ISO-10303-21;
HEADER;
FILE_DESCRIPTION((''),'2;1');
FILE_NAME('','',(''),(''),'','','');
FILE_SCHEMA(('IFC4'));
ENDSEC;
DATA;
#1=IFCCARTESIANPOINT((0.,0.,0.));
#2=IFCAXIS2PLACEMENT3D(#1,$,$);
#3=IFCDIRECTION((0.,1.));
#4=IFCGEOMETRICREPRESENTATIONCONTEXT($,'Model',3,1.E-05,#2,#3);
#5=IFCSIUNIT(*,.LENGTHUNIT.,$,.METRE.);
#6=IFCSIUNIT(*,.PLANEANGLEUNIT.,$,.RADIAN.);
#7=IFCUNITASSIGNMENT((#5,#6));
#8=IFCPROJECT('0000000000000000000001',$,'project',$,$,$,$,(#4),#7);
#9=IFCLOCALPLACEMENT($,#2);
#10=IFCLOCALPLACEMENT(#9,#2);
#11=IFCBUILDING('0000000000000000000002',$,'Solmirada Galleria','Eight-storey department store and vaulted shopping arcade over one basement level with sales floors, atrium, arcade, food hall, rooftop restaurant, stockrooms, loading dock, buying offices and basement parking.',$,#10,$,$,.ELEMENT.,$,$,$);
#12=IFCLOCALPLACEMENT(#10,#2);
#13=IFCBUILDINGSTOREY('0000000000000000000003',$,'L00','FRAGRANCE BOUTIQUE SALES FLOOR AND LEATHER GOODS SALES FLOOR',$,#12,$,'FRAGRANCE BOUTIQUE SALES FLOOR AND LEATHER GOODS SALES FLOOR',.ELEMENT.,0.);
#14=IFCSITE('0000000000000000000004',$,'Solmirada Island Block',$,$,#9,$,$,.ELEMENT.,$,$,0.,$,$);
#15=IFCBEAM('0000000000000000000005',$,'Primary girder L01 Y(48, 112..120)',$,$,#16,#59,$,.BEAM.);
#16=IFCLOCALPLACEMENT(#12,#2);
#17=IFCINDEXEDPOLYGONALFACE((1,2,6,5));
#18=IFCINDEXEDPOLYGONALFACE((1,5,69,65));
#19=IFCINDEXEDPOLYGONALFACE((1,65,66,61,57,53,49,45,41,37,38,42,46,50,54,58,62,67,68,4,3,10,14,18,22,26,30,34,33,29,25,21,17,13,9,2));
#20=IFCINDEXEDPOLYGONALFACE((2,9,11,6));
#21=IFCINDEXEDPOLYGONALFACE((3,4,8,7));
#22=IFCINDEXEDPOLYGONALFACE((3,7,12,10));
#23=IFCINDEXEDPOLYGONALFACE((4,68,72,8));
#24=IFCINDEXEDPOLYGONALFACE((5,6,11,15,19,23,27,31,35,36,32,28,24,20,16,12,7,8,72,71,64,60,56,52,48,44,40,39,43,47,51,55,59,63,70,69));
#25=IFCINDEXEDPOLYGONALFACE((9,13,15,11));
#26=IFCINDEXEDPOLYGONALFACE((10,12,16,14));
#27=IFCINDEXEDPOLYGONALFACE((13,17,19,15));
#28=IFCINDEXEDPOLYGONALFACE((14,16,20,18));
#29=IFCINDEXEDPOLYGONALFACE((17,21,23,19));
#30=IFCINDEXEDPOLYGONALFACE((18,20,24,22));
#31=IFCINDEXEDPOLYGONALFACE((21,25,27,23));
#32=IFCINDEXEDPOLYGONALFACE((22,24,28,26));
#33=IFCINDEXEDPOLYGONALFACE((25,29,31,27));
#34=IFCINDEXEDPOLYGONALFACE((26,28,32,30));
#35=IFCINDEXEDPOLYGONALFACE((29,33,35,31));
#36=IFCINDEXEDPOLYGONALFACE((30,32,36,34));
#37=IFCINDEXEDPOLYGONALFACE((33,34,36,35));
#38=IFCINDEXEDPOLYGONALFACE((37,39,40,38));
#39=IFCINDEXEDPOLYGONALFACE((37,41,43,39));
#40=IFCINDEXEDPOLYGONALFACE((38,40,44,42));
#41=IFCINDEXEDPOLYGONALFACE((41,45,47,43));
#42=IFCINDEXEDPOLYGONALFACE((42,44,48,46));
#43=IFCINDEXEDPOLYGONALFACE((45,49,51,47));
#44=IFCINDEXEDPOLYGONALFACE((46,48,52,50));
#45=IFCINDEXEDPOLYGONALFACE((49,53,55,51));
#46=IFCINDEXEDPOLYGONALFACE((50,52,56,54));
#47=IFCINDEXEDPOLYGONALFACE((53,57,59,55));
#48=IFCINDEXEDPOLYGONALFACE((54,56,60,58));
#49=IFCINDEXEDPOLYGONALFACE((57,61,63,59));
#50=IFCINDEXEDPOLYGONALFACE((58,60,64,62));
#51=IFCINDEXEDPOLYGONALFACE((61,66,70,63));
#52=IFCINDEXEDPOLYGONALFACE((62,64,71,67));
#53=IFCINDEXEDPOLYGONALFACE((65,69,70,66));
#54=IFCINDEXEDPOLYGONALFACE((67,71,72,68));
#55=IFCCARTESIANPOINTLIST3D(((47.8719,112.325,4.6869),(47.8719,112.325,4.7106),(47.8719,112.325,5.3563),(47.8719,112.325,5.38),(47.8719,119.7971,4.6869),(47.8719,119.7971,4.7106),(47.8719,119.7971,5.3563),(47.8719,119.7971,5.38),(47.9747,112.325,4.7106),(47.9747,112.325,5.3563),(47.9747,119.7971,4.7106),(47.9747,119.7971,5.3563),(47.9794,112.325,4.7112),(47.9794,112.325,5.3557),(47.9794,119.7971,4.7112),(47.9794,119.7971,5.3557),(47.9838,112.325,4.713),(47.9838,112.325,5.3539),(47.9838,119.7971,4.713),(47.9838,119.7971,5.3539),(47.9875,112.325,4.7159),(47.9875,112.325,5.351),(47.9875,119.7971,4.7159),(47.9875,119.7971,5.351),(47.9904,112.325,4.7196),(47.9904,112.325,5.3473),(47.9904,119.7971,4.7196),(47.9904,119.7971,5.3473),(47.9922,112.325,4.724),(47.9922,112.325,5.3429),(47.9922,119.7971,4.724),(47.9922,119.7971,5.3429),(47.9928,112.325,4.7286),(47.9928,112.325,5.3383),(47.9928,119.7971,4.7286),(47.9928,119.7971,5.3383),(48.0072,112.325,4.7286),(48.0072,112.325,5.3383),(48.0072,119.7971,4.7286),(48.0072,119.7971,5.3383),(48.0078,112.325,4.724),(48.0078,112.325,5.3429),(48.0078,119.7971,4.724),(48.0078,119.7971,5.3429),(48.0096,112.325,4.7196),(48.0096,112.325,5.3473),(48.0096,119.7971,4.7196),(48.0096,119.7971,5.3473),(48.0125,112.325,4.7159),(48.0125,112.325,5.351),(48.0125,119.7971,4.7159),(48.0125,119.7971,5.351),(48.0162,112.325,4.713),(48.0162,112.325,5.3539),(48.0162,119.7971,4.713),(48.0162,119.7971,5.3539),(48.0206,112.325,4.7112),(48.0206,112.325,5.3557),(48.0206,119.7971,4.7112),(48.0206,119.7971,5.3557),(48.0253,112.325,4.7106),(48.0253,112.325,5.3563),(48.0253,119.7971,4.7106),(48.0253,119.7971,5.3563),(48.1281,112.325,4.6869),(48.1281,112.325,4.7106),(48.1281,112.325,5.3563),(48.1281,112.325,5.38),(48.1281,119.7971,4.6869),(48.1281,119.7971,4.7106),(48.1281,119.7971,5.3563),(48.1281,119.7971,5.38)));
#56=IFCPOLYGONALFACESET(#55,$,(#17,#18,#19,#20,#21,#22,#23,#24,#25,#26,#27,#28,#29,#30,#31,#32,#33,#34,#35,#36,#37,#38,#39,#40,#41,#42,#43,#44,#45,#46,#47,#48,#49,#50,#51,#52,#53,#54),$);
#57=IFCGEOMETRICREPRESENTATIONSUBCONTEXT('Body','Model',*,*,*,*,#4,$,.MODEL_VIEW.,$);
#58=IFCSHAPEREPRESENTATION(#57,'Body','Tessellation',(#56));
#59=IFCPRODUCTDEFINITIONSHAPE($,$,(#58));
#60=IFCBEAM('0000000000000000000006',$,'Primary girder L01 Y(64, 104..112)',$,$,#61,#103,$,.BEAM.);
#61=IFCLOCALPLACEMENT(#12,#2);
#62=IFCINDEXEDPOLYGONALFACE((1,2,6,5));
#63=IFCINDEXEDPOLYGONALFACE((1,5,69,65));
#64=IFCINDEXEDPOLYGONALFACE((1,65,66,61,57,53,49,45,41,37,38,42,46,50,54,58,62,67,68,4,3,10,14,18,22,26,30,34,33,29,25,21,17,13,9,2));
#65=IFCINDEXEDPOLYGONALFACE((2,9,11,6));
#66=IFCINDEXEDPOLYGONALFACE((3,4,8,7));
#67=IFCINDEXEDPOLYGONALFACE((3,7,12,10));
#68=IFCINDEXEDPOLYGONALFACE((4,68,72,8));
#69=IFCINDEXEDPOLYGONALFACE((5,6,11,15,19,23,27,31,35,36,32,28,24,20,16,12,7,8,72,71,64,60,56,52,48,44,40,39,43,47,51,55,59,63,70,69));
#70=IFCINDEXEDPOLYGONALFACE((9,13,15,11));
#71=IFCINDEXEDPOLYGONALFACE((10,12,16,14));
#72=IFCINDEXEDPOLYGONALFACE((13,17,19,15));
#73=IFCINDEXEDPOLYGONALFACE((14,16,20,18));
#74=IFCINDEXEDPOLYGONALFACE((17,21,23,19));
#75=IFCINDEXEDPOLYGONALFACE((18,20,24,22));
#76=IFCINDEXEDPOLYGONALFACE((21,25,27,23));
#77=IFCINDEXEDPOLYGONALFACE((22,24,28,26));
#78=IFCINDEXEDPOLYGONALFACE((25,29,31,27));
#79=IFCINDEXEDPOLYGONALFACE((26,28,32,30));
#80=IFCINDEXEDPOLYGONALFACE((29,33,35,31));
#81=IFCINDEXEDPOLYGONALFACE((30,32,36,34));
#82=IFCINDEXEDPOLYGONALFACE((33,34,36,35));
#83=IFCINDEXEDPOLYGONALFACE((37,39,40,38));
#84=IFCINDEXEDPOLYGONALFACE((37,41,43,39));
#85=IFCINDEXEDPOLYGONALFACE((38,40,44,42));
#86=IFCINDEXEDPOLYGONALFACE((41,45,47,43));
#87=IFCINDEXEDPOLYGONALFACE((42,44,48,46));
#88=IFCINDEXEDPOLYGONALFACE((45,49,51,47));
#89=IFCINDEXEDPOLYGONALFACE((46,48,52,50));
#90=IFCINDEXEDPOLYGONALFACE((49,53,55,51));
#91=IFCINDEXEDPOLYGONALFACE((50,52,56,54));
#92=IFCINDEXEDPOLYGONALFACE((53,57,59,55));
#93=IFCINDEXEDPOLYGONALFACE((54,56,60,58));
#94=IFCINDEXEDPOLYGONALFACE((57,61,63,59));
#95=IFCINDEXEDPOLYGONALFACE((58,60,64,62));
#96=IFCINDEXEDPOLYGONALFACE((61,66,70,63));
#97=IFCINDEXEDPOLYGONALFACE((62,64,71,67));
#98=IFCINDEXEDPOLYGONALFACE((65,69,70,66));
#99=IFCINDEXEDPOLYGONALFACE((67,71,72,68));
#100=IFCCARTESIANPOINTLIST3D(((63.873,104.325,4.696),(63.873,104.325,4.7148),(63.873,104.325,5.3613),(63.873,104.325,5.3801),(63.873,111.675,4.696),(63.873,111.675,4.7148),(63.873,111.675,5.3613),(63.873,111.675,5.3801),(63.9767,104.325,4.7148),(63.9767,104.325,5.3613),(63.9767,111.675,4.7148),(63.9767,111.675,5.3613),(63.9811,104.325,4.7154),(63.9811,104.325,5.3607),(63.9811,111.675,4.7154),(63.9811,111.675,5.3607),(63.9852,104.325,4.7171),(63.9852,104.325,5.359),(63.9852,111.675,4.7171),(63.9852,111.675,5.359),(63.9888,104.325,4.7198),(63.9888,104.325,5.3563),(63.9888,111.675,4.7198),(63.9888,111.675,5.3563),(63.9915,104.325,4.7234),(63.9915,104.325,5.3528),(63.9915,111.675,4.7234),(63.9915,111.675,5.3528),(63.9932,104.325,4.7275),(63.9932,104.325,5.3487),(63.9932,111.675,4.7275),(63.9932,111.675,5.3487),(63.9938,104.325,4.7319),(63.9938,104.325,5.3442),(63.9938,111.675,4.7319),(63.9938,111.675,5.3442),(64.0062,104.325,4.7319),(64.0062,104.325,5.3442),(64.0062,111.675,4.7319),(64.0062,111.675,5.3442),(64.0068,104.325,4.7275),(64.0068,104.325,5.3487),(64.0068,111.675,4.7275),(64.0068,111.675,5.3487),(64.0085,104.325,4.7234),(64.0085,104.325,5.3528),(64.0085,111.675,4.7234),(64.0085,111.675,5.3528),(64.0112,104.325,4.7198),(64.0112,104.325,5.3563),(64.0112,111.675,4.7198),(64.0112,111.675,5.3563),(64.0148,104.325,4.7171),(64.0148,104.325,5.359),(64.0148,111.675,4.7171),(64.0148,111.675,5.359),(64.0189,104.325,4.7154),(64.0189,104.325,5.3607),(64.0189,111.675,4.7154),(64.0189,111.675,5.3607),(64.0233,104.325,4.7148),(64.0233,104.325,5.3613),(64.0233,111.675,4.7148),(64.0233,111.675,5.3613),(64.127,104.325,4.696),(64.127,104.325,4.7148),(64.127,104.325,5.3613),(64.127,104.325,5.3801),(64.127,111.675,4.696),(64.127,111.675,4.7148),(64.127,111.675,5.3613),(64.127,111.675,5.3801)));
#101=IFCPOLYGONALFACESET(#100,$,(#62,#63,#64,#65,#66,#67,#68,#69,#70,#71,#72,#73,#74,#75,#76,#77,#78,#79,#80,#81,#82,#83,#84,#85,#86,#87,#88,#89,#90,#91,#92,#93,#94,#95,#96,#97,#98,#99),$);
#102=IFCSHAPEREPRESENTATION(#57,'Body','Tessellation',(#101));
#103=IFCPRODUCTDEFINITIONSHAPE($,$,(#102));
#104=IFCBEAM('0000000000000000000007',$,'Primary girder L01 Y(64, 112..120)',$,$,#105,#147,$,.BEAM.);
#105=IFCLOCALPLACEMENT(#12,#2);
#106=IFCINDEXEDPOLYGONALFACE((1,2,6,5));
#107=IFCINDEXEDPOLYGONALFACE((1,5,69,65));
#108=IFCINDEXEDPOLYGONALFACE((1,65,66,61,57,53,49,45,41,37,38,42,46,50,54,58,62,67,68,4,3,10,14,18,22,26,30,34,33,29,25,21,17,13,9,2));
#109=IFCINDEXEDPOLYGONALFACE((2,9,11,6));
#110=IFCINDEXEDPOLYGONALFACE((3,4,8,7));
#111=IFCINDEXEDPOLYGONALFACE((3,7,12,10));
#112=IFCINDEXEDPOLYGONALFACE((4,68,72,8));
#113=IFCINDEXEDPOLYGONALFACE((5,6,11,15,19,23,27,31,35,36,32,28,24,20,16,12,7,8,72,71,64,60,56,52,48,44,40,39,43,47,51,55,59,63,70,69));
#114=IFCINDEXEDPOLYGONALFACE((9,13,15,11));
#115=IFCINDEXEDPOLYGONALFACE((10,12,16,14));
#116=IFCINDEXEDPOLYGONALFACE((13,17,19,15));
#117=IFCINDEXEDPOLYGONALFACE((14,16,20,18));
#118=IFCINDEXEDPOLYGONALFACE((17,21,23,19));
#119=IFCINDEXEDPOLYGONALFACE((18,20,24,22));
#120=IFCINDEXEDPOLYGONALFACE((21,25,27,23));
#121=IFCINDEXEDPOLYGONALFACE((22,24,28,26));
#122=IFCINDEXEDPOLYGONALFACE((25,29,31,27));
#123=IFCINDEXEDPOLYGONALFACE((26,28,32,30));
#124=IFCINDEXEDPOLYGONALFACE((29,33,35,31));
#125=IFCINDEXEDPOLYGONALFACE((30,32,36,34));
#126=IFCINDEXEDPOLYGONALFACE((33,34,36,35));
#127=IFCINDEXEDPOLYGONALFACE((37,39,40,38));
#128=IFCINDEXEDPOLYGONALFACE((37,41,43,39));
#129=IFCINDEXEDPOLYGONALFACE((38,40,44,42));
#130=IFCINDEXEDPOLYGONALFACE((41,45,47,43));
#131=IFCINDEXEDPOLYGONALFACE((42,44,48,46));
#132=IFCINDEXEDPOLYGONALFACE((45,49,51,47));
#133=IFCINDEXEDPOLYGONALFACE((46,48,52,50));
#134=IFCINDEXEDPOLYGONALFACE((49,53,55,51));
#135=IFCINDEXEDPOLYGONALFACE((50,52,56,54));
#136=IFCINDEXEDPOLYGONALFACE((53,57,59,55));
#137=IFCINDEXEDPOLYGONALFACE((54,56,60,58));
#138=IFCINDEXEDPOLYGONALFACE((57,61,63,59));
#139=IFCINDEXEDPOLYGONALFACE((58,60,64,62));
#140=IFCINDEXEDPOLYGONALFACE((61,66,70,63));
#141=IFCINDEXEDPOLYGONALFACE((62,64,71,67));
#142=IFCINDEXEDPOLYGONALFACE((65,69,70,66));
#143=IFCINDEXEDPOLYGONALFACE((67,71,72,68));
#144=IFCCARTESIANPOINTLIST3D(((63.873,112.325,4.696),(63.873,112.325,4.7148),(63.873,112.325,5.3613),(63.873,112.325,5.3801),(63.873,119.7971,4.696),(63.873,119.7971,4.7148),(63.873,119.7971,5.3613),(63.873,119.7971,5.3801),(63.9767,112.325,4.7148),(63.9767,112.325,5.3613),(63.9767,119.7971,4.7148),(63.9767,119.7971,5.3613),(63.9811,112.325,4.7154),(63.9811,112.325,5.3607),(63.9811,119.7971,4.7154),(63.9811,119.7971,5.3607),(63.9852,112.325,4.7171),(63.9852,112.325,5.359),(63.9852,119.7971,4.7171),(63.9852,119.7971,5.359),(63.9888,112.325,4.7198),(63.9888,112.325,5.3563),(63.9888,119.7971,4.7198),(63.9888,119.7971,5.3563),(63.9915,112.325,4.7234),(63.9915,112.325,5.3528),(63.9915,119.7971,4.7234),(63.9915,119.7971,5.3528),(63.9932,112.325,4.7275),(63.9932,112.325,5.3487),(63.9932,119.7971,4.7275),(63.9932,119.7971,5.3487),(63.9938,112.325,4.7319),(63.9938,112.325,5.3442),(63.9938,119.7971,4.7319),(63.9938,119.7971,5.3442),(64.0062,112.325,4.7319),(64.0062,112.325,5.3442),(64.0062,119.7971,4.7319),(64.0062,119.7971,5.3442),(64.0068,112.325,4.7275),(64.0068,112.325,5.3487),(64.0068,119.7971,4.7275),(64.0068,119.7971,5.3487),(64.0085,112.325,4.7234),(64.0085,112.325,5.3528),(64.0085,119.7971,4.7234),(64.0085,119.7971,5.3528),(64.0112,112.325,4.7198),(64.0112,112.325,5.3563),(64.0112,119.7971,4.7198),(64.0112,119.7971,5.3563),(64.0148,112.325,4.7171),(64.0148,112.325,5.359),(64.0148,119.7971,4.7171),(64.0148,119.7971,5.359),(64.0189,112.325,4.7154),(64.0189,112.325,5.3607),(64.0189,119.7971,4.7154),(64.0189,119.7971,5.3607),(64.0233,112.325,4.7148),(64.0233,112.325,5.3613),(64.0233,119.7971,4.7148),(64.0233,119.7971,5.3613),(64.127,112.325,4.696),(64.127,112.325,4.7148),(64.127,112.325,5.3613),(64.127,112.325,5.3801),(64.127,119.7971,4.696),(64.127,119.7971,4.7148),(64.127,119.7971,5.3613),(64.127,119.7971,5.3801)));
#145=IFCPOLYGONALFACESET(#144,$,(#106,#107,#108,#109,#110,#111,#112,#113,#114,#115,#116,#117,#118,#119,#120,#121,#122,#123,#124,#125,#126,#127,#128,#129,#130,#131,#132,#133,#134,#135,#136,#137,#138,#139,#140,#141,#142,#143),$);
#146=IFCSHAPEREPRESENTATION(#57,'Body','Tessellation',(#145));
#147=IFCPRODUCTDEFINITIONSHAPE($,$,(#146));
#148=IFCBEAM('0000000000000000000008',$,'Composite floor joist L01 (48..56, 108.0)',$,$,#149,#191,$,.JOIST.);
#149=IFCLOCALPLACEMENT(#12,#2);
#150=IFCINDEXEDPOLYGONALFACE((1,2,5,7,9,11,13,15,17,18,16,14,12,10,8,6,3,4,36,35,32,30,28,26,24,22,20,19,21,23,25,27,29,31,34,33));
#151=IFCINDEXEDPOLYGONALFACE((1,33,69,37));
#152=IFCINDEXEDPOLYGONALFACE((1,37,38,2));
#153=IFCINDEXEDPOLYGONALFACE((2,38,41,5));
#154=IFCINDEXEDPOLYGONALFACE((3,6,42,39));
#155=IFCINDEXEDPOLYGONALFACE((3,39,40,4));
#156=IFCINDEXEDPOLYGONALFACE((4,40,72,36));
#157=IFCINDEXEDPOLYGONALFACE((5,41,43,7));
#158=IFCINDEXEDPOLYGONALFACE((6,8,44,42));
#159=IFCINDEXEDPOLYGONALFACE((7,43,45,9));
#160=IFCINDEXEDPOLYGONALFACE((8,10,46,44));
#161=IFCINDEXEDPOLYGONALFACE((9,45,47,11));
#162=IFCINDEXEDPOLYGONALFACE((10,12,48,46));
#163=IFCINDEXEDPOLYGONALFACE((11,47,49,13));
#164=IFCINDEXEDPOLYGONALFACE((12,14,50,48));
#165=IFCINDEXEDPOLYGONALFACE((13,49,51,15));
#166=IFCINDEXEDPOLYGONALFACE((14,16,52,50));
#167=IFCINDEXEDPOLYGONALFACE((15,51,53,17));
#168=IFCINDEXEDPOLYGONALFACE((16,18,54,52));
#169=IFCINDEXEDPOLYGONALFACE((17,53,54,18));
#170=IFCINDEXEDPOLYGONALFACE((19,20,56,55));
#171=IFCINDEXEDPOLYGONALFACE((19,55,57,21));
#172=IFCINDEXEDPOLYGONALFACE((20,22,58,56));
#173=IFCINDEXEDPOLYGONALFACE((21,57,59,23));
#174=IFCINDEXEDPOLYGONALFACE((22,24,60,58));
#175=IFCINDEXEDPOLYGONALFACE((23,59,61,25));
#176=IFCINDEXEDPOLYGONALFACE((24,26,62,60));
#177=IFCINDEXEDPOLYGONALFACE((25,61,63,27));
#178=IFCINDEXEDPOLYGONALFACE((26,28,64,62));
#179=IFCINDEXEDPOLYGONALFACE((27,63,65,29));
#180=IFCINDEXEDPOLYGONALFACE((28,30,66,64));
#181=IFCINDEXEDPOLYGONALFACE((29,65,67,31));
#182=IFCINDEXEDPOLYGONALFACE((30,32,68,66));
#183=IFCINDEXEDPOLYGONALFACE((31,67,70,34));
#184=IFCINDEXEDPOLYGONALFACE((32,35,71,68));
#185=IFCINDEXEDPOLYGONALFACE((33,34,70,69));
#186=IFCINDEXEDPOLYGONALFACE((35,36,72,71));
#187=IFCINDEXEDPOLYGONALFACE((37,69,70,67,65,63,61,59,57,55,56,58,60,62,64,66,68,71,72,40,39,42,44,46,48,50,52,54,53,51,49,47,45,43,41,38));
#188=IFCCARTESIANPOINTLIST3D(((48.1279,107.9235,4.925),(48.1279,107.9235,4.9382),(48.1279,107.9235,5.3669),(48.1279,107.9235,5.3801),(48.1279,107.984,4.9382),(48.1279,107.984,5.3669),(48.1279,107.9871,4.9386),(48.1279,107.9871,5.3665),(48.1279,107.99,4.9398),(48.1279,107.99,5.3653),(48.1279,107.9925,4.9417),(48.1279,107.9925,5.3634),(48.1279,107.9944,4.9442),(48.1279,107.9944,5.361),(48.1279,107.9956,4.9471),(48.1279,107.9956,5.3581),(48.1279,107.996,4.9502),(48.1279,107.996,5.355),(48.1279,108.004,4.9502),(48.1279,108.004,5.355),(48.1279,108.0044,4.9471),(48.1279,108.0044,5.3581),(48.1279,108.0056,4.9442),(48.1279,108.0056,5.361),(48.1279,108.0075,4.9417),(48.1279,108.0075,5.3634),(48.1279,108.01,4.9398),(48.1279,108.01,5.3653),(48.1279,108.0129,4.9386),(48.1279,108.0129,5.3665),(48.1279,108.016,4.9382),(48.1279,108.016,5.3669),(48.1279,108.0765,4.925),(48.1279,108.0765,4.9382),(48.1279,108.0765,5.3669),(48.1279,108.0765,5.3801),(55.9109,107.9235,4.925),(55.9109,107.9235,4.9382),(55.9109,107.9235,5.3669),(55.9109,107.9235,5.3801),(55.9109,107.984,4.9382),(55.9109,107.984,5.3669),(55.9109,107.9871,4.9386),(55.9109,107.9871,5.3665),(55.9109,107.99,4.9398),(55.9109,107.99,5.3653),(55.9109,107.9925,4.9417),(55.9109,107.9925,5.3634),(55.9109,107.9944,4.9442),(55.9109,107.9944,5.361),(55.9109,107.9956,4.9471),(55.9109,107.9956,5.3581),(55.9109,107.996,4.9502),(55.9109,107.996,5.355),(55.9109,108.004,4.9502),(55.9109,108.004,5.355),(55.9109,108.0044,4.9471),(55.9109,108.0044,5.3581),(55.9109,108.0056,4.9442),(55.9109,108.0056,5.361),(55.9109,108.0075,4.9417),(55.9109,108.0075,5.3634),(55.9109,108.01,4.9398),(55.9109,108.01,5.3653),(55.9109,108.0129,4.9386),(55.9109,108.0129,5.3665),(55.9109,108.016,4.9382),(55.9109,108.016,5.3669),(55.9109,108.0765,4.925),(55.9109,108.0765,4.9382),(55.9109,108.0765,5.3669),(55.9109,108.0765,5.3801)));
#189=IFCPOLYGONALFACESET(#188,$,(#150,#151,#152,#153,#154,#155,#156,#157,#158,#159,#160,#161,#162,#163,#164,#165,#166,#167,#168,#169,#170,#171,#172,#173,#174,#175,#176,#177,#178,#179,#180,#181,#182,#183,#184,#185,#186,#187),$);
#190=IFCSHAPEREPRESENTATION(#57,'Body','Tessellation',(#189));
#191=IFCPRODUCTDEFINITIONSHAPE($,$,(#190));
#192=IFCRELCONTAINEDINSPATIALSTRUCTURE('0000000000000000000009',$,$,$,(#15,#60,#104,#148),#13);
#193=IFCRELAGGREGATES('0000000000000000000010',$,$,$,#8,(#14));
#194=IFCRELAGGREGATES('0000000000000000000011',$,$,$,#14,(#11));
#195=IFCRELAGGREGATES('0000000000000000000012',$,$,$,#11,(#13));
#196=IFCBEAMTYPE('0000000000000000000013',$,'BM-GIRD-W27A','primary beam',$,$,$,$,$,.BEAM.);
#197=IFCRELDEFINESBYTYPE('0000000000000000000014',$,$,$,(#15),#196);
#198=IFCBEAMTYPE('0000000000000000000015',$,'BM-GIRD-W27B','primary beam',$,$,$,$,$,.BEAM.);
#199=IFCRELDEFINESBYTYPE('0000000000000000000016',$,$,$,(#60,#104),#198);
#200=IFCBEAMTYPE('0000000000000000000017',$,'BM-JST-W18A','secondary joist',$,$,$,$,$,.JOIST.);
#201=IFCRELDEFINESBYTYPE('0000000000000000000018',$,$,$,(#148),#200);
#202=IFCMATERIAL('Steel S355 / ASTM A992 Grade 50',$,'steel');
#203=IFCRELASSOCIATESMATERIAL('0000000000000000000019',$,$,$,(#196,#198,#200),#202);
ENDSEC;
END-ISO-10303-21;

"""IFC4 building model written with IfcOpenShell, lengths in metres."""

from ifc_helpers import new_model, si_unit, direction, frame, origin, origin_2d, place, context, subcontext, project, spatial, i_section, extrude, material, material_profile, profile_set, type_object, element, save


model = new_model("IFC4")

# Units and contexts
model_context = context("Model", 3, precision=1e-05, world=origin(), true_north=direction((0.0, 1.0)))
body_context = subcontext(model_context, "Body", "Model", "MODEL_VIEW")
ifc_project = project(units=[si_unit("LENGTHUNIT", "METRE"), si_unit("PLANEANGLEUNIT", "RADIAN")], contexts=[model_context])

# Site, building, storey
site_placement = place(None, origin())
site = spatial("IfcSite", under=ifc_project, at=site_placement, Name="Solmirada Island Block", CompositionType="ELEMENT", RefElevation=0.0)
building_placement = place(site_placement, origin())
building = spatial("IfcBuilding", under=site, at=building_placement, Name="Solmirada Galleria", Description="Eight-storey department store and vaulted shopping arcade over one basement level with sales floors, atrium, arcade, food hall, rooftop restaurant, stockrooms, loading dock, buying offices and basement parking.", CompositionType="ELEMENT")
storey_placement = place(building_placement, origin())
storey = spatial("IfcBuildingStorey", under=building, at=storey_placement, Name="L00", Description="FRAGRANCE BOUTIQUE SALES FLOOR AND LEATHER GOODS SALES FLOOR", LongName="FRAGRANCE BOUTIQUE SALES FLOOR AND LEATHER GOODS SALES FLOOR", CompositionType="ELEMENT", Elevation=0.0)

# Beams
ifc_material_1 = material(Name="Steel S355 / ASTM A992 Grade 50", Category="steel")
ifc_material_profile_1 = material_profile(ifc_material_1, i_section(OverallWidth=0.2561, OverallDepth=0.6931, WebThickness=0.0144, FlangeThickness=0.0237, FilletRadius=0.0181, at=origin_2d()), Name="W27X114")
ifc_profile_set_1 = profile_set([ifc_material_profile_1], Name="Steel S355 / ASTM A992 Grade 50")
beam_type_1 = type_object("IfcBeamType", Name="BM-GIRD-W27A", Description="primary beam", PredefinedType="BEAM", material=ifc_profile_set_1)
beam_1_placement = place(storey_placement, frame((48.0, 112.325, 5.0334), z_axis=(0.0, 1.0, 0.0), x_axis=(-1.0, 0.0, 0.0)))
element("IfcBeam", 1, at=beam_1_placement, inside=storey, type_object=beam_type_1, Name="Primary girder L01 Y(48, 112..120)", PredefinedType="BEAM", context=body_context, shape_type="SweptSolid", body=[
    extrude(i_section(OverallWidth=0.2561, OverallDepth=0.6931, WebThickness=0.0144, FlangeThickness=0.0237, FilletRadius=0.0181, at=origin_2d()), origin(), (0.0, 0.0, 1.0), 7.4722),
])
ifc_material_profile_2 = material_profile(ifc_material_1, i_section(OverallWidth=0.2539, OverallDepth=0.6841, WebThickness=0.0125, FlangeThickness=0.0188, FilletRadius=0.0171, at=origin_2d()), Name="W27X94")
ifc_profile_set_2 = profile_set([ifc_material_profile_2], Name="Steel S355 / ASTM A992 Grade 50")
beam_type_2 = type_object("IfcBeamType", Name="BM-GIRD-W27B", Description="primary beam", PredefinedType="BEAM", material=ifc_profile_set_2)
beam_2_placement = place(storey_placement, frame((64.0, 104.325, 5.0381), z_axis=(0.0, 1.0, 0.0), x_axis=(-1.0, 0.0, 0.0)))
element("IfcBeam", 2, at=beam_2_placement, inside=storey, type_object=beam_type_2, Name="Primary girder L01 Y(64, 104..112)", PredefinedType="BEAM", context=body_context, shape_type="SweptSolid", body=[
    extrude(i_section(OverallWidth=0.2539, OverallDepth=0.6841, WebThickness=0.0125, FlangeThickness=0.0188, FilletRadius=0.0171, at=origin_2d()), origin(), (0.0, 0.0, 1.0), 7.3501),
])
beam_3_placement = place(storey_placement, frame((64.0, 112.325, 5.0381), z_axis=(0.0, 1.0, 0.0), x_axis=(-1.0, 0.0, 0.0)))
element("IfcBeam", 3, at=beam_3_placement, inside=storey, type_object=beam_type_2, Name="Primary girder L01 Y(64, 112..120)", PredefinedType="BEAM", context=body_context, shape_type="SweptSolid", body=[
    extrude(i_section(OverallWidth=0.2539, OverallDepth=0.6841, WebThickness=0.0125, FlangeThickness=0.0188, FilletRadius=0.0171, at=origin_2d()), origin(), (0.0, 0.0, 1.0), 7.4722),
])
ifc_material_profile_3 = material_profile(ifc_material_1, i_section(OverallWidth=0.1531, OverallDepth=0.4551, WebThickness=0.0081, FlangeThickness=0.0132, FilletRadius=0.012, at=origin_2d()), Name="W18X40")
ifc_profile_set_3 = profile_set([ifc_material_profile_3], Name="Steel S355 / ASTM A992 Grade 50")
beam_type_3 = type_object("IfcBeamType", Name="BM-JST-W18A", Description="secondary joist", PredefinedType="JOIST", material=ifc_profile_set_3)
beam_4_placement = place(storey_placement, frame((48.1279, 108.0, 5.1526), z_axis=(1.0, 0.0, 0.0), x_axis=(0.0, 1.0, 0.0)))
element("IfcBeam", 4, at=beam_4_placement, inside=storey, type_object=beam_type_3, Name="Composite floor joist L01 (48..56, 108.0)", PredefinedType="JOIST", context=body_context, shape_type="SweptSolid", body=[
    extrude(i_section(OverallWidth=0.1531, OverallDepth=0.4551, WebThickness=0.0081, FlangeThickness=0.0132, FilletRadius=0.012, at=origin_2d()), origin(), (0.0, 0.0, 1.0), 7.783),
])

save(model, "model.ifc")
